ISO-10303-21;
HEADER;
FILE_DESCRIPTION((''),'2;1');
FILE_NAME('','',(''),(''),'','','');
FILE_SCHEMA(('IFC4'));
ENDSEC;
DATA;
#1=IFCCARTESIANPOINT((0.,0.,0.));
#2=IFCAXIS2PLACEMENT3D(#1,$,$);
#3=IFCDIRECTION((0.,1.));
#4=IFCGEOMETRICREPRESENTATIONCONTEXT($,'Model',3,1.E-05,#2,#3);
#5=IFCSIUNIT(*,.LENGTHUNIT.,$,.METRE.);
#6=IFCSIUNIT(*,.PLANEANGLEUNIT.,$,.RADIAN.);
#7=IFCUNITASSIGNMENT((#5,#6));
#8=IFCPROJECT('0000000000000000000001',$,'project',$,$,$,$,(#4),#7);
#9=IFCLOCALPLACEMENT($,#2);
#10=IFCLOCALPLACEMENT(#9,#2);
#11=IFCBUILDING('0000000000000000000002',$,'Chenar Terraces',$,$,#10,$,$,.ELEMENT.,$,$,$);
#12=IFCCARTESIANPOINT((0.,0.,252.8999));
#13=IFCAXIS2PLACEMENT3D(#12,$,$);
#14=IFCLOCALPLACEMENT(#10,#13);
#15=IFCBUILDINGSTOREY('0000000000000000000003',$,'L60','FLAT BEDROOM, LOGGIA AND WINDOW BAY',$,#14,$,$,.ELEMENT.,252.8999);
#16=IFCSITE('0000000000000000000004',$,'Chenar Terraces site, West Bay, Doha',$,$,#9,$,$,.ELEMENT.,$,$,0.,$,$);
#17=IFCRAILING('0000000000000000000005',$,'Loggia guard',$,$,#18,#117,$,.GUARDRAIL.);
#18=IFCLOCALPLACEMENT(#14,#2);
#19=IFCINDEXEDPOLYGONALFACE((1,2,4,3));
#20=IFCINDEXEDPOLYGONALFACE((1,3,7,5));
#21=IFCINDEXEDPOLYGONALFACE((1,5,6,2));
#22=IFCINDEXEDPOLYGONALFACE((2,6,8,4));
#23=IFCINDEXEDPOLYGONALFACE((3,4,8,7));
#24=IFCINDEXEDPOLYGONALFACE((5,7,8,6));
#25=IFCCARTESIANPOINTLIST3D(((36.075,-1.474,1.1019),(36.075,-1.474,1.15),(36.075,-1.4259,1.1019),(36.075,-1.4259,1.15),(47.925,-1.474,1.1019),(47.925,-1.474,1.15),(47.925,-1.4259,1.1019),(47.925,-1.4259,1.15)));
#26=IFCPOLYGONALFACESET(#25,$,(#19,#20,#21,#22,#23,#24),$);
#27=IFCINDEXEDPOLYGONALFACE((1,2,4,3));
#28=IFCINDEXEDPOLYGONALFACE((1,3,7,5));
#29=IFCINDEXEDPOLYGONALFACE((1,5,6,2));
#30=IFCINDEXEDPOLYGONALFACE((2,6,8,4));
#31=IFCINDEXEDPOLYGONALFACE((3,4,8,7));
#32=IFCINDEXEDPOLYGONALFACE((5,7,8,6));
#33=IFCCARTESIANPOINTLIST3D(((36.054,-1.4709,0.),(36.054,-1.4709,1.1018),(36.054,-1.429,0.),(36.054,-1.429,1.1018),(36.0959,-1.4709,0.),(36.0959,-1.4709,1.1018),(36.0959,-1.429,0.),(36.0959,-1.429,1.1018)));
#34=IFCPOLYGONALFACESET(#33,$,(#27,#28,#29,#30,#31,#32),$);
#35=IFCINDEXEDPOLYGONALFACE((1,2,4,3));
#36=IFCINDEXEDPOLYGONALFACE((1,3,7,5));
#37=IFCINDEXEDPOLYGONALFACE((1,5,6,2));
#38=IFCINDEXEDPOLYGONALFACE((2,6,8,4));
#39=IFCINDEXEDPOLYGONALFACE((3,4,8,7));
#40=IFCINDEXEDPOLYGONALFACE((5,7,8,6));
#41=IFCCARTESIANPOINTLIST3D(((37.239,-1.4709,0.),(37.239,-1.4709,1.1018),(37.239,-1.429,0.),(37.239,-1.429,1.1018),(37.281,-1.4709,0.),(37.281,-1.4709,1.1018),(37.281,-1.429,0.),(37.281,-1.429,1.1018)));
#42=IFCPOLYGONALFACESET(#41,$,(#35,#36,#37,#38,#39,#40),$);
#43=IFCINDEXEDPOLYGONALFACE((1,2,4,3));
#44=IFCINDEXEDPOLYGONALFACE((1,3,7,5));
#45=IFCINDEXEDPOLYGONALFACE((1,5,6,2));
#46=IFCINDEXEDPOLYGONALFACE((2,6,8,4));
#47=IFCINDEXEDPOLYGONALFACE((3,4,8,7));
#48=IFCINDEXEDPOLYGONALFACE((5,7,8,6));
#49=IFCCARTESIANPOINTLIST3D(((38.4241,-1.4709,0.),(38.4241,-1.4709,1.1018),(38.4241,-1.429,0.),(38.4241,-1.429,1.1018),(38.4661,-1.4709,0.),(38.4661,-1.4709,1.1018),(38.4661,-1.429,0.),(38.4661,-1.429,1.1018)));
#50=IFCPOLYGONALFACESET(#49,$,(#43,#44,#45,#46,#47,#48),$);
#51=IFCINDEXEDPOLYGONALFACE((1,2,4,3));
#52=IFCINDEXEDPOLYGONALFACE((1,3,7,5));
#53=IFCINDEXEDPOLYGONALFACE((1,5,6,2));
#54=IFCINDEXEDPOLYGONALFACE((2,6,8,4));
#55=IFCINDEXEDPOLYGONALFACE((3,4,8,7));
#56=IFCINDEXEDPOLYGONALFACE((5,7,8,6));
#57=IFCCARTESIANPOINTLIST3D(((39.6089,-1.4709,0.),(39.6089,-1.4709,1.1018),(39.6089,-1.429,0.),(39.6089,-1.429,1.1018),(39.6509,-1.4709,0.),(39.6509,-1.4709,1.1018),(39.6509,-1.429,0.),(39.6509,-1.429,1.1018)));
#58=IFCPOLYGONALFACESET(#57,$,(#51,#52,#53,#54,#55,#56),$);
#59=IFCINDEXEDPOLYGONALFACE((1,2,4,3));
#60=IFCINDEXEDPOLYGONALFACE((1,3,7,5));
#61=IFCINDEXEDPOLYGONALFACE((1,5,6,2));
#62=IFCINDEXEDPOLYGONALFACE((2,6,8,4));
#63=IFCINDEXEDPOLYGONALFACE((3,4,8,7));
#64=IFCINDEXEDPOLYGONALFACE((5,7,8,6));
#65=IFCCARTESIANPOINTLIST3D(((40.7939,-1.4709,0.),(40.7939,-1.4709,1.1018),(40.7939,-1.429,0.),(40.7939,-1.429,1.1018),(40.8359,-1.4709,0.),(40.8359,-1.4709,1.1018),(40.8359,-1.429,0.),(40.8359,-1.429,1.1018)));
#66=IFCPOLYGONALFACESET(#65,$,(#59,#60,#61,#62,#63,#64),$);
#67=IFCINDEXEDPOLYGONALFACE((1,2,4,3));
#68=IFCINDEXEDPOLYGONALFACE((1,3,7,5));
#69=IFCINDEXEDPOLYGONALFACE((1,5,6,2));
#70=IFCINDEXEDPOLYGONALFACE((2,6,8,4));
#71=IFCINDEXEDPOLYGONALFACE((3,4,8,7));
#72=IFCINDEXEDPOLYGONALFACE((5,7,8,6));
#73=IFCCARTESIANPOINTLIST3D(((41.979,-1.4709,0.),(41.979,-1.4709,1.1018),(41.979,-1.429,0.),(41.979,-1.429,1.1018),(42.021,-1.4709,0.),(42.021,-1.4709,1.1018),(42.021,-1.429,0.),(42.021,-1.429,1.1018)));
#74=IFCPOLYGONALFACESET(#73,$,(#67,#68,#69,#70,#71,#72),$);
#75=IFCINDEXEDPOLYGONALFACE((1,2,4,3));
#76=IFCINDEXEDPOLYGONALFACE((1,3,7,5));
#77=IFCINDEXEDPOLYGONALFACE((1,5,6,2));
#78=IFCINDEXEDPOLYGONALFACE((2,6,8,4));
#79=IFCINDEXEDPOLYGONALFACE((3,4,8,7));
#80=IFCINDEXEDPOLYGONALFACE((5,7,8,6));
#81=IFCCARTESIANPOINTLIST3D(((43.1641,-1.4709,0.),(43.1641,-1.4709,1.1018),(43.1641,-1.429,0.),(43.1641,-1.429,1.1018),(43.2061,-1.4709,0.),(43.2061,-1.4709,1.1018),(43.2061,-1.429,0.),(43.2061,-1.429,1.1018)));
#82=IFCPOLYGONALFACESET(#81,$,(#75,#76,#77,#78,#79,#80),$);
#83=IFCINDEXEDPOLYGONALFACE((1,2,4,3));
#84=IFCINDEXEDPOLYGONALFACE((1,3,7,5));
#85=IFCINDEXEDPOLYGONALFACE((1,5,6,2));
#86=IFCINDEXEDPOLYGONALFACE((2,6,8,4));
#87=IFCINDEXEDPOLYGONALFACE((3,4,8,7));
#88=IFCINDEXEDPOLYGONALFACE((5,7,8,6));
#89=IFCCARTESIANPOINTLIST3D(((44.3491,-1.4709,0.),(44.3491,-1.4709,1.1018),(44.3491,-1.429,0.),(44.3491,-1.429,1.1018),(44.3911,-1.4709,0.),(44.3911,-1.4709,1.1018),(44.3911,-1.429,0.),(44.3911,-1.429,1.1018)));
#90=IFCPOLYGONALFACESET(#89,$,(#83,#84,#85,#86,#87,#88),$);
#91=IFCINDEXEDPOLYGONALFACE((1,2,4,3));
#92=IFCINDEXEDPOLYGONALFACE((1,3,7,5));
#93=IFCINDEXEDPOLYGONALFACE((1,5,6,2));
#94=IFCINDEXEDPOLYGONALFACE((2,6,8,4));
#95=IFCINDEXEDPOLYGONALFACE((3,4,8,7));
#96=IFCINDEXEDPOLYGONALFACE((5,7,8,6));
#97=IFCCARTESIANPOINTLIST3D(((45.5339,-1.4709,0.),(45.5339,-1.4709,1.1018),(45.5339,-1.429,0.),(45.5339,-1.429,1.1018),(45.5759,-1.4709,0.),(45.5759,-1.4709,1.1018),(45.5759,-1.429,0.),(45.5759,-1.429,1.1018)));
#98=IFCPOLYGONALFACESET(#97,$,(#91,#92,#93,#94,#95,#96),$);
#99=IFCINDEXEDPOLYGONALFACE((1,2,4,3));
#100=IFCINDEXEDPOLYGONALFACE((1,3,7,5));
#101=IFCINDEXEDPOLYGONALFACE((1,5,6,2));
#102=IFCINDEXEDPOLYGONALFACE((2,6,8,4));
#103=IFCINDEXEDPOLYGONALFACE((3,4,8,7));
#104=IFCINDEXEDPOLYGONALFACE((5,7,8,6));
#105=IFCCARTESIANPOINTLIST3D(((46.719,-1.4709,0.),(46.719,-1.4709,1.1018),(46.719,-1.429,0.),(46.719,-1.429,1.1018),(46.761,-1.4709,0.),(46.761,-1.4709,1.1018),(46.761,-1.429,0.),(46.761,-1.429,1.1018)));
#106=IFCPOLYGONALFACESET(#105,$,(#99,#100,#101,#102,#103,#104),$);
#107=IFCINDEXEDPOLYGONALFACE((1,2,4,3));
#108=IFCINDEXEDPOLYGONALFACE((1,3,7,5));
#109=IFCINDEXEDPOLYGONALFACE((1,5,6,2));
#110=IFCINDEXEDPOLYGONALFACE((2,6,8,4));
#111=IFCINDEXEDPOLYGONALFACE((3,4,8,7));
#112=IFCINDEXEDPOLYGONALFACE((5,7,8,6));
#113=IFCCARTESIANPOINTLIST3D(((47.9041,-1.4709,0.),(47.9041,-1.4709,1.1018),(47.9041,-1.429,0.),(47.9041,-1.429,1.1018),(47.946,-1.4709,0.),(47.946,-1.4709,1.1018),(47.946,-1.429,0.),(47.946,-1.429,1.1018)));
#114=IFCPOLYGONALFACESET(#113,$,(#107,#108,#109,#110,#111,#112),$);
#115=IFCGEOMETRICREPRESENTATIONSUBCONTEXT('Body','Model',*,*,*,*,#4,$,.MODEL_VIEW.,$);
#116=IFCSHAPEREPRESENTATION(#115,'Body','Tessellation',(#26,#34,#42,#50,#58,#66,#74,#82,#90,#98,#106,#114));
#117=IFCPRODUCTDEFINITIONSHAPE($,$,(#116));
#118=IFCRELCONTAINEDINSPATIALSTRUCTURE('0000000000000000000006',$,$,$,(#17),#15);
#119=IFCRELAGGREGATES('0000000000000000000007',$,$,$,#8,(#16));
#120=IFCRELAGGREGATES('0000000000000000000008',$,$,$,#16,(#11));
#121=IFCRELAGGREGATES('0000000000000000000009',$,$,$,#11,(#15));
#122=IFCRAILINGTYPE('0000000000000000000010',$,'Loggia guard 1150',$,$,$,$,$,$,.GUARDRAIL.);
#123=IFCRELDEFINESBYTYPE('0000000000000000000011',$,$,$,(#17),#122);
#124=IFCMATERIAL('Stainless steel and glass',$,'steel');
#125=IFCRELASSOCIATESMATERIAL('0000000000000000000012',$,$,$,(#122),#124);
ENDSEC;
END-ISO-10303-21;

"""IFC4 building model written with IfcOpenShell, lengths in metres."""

from ifc_helpers import new_model, si_unit, direction, frame, origin, origin_2d, place, context, subcontext, project, spatial, rectangle, extrude, material, type_object, element, save


model = new_model("IFC4")

# Units and contexts
model_context = context("Model", 3, precision=1e-05, world=origin(), true_north=direction((0.0, 1.0)))
body_context = subcontext(model_context, "Body", "Model", "MODEL_VIEW")
ifc_project = project(units=[si_unit("LENGTHUNIT", "METRE"), si_unit("PLANEANGLEUNIT", "RADIAN")], contexts=[model_context])

# Site, building, storey
site_placement = place(None, origin())
site = spatial("IfcSite", under=ifc_project, at=site_placement, Name="Chenar Terraces site, West Bay, Doha", CompositionType="ELEMENT", RefElevation=0.0)
building_placement = place(site_placement, origin())
building = spatial("IfcBuilding", under=site, at=building_placement, Name="Chenar Terraces", CompositionType="ELEMENT")
storey_placement = place(building_placement, frame((0.0, 0.0, 252.8999)))
storey = spatial("IfcBuildingStorey", under=building, at=storey_placement, Name="L60", Description="FLAT BEDROOM, LOGGIA AND WINDOW BAY", CompositionType="ELEMENT", Elevation=252.8999)

# Railing
ifc_material_1 = material(Name="Stainless steel and glass", Category="steel")
railing_type_1 = type_object("IfcRailingType", Name="Loggia guard 1150", PredefinedType="GUARDRAIL", material=ifc_material_1)
railing_1_placement = place(storey_placement, frame((36.075, -1.45, 0.0)))
element("IfcRailing", 1, at=railing_1_placement, inside=storey, type_object=railing_type_1, Name="Loggia guard", PredefinedType="GUARDRAIL", context=body_context, shape_type="SweptSolid", body=[
    extrude(rectangle(XDim=0.0481, YDim=0.0481, at=origin_2d()), frame((0.0, 0.0, 1.126), z_axis=(1.0, 0.0, 0.0), x_axis=(0.0, 1.0, 0.0)), (0.0, 0.0, 1.0), 11.8501),
    extrude(rectangle(XDim=0.042, YDim=0.042, at=origin_2d()), origin(), (0.0, 0.0, 1.0), 1.1018),
    extrude(rectangle(XDim=0.042, YDim=0.042, at=origin_2d()), frame((1.1851, 0.0, 0.0)), (0.0, 0.0, 1.0), 1.1018),
    extrude(rectangle(XDim=0.042, YDim=0.042, at=origin_2d()), frame((2.3701, 0.0, 0.0)), (0.0, 0.0, 1.0), 1.1018),
    extrude(rectangle(XDim=0.042, YDim=0.042, at=origin_2d()), frame((3.5549, 0.0, 0.0)), (0.0, 0.0, 1.0), 1.1018),
    extrude(rectangle(XDim=0.042, YDim=0.042, at=origin_2d()), frame((4.74, 0.0, 0.0)), (0.0, 0.0, 1.0), 1.1018),
    extrude(rectangle(XDim=0.042, YDim=0.042, at=origin_2d()), frame((5.925, 0.0, 0.0)), (0.0, 0.0, 1.0), 1.1018),
    extrude(rectangle(XDim=0.042, YDim=0.042, at=origin_2d()), frame((7.1101, 0.0, 0.0)), (0.0, 0.0, 1.0), 1.1018),
    extrude(rectangle(XDim=0.042, YDim=0.042, at=origin_2d()), frame((8.2952, 0.0, 0.0)), (0.0, 0.0, 1.0), 1.1018),
    extrude(rectangle(XDim=0.042, YDim=0.042, at=origin_2d()), frame((9.48, 0.0, 0.0)), (0.0, 0.0, 1.0), 1.1018),
    extrude(rectangle(XDim=0.042, YDim=0.042, at=origin_2d()), frame((10.665, 0.0, 0.0)), (0.0, 0.0, 1.0), 1.1018),
    extrude(rectangle(XDim=0.042, YDim=0.042, at=origin_2d()), frame((11.8501, 0.0, 0.0)), (0.0, 0.0, 1.0), 1.1018),
])

save(model, "model.ifc")
